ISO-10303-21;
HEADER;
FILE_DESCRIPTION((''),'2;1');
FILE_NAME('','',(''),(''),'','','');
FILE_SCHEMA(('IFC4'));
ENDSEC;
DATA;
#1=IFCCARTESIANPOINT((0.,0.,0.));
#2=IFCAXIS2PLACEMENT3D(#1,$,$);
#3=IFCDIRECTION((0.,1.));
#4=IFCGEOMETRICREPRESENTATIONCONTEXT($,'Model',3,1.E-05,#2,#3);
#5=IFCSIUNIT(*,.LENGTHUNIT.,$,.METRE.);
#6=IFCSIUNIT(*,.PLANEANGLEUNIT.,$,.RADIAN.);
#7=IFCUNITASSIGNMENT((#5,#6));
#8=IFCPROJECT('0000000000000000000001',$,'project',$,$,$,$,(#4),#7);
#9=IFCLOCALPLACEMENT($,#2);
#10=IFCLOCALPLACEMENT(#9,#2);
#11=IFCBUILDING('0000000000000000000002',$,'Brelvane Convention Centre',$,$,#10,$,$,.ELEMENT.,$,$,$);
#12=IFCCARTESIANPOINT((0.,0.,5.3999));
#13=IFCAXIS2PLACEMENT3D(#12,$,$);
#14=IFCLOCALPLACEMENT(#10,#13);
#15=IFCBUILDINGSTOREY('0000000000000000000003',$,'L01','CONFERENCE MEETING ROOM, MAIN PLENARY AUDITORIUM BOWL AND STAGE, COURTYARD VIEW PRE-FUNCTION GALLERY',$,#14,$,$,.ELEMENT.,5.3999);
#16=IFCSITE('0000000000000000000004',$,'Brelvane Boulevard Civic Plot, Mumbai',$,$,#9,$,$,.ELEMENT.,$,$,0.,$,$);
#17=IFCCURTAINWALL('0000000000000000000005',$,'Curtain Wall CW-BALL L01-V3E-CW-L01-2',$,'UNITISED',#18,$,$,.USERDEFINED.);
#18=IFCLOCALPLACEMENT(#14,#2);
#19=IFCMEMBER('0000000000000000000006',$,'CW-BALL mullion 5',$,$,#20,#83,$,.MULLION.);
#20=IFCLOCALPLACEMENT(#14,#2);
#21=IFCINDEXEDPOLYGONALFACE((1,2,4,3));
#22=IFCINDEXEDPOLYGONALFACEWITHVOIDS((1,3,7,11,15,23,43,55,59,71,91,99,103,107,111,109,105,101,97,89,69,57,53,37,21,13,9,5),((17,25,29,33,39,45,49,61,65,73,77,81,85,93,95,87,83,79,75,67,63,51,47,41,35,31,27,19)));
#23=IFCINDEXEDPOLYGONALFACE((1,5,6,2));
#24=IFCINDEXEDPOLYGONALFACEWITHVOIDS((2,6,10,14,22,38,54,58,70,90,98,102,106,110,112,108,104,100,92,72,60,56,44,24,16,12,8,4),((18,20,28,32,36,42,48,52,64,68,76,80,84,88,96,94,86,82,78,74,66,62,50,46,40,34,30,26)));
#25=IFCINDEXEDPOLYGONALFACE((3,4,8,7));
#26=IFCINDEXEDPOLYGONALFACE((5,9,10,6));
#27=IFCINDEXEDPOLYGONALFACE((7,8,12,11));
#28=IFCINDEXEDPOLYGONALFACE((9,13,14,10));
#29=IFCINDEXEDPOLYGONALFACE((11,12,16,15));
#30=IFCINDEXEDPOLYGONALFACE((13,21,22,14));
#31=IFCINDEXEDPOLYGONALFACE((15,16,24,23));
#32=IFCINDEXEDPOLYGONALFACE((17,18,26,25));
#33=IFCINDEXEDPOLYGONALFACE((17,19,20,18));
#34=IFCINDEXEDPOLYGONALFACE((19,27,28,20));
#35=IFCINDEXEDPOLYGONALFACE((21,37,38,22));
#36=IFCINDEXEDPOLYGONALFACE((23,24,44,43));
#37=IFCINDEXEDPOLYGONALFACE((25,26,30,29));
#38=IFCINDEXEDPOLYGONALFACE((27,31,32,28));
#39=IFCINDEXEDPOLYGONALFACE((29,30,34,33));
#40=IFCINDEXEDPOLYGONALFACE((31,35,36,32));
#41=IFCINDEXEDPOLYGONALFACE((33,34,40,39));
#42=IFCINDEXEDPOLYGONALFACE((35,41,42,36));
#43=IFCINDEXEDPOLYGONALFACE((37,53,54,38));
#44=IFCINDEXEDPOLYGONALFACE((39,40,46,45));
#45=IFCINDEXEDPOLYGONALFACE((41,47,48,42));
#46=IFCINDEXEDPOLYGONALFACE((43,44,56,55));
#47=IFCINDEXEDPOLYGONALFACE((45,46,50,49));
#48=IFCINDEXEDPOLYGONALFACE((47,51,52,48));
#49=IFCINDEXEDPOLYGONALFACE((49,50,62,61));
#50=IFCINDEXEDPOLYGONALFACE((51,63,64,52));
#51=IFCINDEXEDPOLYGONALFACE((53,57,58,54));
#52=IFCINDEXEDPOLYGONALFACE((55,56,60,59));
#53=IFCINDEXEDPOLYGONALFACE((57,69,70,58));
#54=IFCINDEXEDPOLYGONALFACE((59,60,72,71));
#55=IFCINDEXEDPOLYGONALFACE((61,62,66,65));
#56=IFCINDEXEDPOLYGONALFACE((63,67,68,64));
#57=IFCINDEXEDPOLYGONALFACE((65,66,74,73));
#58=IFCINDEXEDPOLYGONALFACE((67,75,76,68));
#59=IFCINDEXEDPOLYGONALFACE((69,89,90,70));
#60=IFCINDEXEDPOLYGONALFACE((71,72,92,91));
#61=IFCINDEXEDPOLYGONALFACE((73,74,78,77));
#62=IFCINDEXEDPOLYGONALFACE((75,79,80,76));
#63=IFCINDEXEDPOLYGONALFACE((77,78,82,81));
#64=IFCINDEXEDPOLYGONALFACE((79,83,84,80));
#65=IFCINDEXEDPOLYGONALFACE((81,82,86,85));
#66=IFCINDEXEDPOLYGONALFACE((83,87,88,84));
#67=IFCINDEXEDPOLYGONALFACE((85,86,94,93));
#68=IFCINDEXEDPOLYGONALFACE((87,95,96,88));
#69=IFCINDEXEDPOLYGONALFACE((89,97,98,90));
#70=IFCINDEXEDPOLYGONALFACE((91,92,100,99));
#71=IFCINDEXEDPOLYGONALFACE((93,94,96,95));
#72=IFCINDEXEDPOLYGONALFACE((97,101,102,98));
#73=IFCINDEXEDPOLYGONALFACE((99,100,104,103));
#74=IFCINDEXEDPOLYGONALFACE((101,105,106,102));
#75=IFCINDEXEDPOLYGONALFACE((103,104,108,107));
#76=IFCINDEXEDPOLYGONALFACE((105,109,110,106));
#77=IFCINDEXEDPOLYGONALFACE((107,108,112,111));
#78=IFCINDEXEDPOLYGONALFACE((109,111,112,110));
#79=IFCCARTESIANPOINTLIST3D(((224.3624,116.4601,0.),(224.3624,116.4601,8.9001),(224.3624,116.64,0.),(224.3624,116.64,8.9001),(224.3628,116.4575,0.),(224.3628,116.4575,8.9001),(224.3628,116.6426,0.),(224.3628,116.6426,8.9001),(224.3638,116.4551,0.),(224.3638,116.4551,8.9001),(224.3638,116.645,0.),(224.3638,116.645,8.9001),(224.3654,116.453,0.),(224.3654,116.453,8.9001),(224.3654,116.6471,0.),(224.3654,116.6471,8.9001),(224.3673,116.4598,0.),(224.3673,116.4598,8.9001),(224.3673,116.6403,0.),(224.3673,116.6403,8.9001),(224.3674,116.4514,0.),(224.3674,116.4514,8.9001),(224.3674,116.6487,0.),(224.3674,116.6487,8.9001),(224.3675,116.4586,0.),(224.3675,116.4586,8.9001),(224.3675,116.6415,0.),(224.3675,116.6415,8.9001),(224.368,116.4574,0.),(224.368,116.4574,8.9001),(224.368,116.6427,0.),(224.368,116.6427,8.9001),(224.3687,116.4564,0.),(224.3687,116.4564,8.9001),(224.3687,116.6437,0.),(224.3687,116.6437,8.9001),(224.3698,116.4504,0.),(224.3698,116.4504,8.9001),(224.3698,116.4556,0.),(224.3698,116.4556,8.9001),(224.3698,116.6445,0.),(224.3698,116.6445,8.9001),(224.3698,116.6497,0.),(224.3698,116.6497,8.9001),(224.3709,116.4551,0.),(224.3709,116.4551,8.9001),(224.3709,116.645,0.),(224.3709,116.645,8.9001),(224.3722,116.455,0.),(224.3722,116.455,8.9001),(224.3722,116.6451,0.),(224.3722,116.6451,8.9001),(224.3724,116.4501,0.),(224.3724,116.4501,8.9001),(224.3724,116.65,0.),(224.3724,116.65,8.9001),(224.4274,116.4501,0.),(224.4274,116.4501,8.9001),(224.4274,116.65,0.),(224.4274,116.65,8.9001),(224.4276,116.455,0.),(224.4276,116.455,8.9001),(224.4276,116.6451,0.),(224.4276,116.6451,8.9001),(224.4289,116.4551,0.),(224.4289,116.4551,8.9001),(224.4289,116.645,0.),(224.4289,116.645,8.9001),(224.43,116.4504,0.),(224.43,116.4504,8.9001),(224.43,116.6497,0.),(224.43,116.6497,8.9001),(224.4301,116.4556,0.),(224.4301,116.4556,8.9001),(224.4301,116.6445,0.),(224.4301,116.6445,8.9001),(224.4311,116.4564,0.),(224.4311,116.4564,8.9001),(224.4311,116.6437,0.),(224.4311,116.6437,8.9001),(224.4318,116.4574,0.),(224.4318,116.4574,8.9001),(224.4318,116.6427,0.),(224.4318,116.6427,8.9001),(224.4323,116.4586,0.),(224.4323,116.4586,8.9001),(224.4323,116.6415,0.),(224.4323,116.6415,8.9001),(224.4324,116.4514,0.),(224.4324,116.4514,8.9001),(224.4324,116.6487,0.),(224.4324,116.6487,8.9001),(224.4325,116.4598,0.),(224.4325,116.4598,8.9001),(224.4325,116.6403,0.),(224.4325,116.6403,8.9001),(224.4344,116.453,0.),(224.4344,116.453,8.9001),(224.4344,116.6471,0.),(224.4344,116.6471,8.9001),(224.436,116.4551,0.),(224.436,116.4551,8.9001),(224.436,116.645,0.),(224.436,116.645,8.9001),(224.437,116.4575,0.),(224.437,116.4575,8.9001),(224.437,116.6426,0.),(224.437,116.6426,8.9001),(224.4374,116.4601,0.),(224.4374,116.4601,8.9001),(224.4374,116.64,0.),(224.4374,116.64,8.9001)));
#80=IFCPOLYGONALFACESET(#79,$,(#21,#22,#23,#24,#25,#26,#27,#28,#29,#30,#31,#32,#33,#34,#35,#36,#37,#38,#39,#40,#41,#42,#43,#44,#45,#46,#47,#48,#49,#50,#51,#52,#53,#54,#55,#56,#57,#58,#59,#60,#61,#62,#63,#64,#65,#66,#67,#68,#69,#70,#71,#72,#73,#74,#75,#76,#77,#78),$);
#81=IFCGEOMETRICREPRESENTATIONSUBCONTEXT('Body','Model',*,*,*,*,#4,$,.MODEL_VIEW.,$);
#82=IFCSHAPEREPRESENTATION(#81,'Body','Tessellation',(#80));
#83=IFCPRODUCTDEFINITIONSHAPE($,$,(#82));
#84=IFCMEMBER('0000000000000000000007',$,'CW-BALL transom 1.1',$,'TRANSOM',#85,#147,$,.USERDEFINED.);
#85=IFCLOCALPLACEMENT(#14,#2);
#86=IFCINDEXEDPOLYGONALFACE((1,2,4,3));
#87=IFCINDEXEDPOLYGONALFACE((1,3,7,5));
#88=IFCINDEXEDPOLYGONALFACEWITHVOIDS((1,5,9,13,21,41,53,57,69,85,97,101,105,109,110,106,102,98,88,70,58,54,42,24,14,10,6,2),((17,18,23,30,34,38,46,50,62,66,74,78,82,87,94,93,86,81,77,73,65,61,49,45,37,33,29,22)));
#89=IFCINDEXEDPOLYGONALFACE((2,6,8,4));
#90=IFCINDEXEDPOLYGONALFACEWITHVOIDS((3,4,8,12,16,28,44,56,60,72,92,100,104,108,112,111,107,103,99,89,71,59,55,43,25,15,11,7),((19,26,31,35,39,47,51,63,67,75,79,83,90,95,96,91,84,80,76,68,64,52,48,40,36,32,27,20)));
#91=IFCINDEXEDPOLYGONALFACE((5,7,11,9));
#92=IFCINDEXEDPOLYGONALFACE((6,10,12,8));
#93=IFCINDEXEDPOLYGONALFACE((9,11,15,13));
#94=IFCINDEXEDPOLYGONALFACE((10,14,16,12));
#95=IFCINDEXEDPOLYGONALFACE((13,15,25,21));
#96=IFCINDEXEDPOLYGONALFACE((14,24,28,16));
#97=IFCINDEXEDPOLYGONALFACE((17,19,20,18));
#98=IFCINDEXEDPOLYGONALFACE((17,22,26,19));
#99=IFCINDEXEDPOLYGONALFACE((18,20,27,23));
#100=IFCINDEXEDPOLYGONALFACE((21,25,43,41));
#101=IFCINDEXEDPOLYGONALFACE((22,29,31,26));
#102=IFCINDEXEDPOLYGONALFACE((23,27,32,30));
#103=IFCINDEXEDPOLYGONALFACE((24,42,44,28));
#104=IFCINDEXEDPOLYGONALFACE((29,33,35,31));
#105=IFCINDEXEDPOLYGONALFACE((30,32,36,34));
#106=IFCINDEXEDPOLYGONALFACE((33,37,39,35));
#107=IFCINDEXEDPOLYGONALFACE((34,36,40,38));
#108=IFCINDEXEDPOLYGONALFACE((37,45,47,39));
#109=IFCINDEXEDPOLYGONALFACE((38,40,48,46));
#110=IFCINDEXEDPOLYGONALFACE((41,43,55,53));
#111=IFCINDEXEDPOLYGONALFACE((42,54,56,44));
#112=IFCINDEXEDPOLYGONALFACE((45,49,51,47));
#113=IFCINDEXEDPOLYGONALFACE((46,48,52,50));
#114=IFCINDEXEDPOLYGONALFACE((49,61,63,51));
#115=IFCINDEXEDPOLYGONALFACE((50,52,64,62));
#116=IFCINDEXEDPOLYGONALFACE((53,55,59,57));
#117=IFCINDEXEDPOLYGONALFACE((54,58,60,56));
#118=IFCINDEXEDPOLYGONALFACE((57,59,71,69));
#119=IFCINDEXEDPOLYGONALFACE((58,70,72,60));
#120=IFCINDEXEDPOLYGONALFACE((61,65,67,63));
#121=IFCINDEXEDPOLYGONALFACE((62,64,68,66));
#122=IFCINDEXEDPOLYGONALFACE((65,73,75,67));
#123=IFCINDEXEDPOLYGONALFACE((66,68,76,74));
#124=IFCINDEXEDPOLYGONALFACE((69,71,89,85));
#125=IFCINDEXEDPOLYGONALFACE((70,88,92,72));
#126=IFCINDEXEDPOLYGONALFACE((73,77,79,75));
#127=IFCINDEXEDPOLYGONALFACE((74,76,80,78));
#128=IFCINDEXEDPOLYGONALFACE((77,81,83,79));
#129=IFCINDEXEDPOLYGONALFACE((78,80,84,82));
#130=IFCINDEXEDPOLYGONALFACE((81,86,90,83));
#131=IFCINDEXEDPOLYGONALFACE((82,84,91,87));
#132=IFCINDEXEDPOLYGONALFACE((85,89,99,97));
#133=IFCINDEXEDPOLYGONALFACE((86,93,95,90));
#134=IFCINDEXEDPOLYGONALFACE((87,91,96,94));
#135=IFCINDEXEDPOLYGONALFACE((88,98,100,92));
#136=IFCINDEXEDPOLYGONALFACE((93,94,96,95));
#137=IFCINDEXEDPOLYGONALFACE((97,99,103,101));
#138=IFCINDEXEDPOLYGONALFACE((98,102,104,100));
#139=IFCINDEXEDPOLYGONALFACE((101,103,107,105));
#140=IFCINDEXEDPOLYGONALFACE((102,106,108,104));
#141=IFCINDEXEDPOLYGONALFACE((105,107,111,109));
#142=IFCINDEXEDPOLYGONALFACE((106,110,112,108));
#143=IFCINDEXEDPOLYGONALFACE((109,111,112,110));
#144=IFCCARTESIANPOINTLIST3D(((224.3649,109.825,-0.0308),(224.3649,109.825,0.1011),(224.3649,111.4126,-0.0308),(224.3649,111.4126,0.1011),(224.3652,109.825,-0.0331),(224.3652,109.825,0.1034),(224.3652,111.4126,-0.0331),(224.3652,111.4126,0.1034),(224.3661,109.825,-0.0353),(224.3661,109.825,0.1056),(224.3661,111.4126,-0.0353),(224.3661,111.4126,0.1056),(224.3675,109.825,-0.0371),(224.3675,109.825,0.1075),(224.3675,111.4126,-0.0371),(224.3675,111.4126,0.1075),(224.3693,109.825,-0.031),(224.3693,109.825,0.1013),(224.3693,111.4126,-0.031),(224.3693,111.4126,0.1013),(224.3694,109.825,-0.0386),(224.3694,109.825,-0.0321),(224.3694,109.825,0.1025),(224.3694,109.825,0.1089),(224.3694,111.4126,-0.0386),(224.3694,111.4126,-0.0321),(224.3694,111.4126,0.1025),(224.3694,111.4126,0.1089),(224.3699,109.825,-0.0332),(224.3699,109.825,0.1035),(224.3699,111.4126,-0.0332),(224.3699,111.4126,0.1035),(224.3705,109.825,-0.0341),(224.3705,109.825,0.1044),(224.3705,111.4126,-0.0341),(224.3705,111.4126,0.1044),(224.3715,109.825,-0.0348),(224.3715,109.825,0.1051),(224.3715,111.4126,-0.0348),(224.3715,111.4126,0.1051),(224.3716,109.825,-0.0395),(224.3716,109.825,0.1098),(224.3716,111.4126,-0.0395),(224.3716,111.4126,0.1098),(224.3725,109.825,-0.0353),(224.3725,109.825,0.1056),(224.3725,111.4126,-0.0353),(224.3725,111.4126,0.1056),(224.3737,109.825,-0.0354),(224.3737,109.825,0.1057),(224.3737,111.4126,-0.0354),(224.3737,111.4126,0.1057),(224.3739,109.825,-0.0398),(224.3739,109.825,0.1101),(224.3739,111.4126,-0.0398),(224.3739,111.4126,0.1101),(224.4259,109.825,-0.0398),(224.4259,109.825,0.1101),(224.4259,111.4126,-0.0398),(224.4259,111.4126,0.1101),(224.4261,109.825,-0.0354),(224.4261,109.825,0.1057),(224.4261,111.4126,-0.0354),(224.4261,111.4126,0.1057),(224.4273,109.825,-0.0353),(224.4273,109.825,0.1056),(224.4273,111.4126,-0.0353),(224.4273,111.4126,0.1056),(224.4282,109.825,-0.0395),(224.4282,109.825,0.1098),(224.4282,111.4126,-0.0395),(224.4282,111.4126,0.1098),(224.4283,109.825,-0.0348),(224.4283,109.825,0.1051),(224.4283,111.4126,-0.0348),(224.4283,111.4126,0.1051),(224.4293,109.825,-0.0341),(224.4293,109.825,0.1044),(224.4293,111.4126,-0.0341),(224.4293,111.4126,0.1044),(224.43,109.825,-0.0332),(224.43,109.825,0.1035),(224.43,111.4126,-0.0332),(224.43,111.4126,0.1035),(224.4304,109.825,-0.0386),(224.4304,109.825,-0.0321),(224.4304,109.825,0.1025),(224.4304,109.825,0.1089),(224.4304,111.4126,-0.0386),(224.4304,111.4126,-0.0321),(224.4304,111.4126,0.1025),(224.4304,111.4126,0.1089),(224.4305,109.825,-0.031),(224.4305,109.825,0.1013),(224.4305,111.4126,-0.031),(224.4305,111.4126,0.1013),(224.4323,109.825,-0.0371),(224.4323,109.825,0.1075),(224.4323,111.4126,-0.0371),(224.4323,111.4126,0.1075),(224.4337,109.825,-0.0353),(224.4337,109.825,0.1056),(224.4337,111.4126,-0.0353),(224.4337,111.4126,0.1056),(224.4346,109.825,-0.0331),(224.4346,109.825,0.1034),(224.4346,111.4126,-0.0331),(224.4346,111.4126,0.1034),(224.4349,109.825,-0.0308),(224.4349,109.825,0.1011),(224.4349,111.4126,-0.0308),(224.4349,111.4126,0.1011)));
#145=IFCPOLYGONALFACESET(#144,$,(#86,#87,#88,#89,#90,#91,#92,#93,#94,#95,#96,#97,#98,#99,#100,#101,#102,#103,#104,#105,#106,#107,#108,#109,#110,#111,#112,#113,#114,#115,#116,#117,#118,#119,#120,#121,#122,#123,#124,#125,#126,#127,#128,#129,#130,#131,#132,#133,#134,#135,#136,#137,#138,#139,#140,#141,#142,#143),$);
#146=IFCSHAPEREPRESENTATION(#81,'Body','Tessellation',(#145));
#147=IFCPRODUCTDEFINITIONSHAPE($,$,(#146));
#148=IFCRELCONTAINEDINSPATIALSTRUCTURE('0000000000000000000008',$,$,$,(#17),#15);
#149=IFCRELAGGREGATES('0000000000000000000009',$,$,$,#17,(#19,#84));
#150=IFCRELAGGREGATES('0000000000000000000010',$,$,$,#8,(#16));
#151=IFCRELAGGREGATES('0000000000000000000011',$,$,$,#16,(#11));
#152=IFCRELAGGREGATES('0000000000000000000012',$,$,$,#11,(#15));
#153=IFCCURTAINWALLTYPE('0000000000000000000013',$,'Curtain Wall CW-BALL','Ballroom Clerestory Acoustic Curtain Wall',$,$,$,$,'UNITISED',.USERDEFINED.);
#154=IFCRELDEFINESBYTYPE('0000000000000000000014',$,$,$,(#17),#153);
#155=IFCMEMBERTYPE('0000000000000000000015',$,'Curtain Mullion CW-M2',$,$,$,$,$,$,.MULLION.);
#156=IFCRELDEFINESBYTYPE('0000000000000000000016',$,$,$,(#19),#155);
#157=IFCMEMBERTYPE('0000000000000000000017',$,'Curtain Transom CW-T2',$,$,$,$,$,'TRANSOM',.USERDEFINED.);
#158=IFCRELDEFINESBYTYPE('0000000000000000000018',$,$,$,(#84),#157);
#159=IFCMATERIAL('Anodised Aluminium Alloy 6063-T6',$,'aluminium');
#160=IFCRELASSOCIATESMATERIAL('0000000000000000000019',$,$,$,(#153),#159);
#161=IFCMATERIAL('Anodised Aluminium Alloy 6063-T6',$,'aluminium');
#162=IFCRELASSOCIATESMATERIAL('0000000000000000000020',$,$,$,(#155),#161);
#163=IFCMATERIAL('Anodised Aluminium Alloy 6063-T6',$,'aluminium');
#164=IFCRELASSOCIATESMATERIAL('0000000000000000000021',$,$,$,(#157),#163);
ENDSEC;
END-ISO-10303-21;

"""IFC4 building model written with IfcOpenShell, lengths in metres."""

from ifc_helpers import new_model, si_unit, direction, frame, origin, origin_2d, place, context, subcontext, project, spatial, hollow_rectangle, extrude, material, material_profile, profile_set, type_object, element, aggregate, save


model = new_model("IFC4")

# Units and contexts
model_context = context("Model", 3, precision=1e-05, world=origin(), true_north=direction((0.0, 1.0)))
body_context = subcontext(model_context, "Body", "Model", "MODEL_VIEW")
ifc_project = project(units=[si_unit("LENGTHUNIT", "METRE"), si_unit("PLANEANGLEUNIT", "RADIAN")], contexts=[model_context])

# Site, building, storey
site_placement = place(None, origin())
site = spatial("IfcSite", under=ifc_project, at=site_placement, Name="Brelvane Boulevard Civic Plot, Mumbai", CompositionType="ELEMENT", RefElevation=0.0)
building_placement = place(site_placement, origin())
building = spatial("IfcBuilding", under=site, at=building_placement, Name="Brelvane Convention Centre", CompositionType="ELEMENT")
storey_placement = place(building_placement, frame((0.0, 0.0, 5.3999)))
storey = spatial("IfcBuildingStorey", under=building, at=storey_placement, Name="L01", Description="CONFERENCE MEETING ROOM, MAIN PLENARY AUDITORIUM BOWL AND STAGE, COURTYARD VIEW PRE-FUNCTION GALLERY", CompositionType="ELEMENT", Elevation=5.3999)

# Curtain wall, members
ifc_material_1 = material(Name="Anodised Aluminium Alloy 6063-T6", Category="aluminium")
curtain_wall_type = type_object("IfcCurtainWallType", Name="Curtain Wall CW-BALL", Description="Ballroom Clerestory Acoustic Curtain Wall", ElementType="UNITISED", PredefinedType="USERDEFINED", material=ifc_material_1)
curtain_wall_placement = place(storey_placement, origin())
curtain_wall = element("IfcCurtainWall", 1, at=curtain_wall_placement, inside=storey, type_object=curtain_wall_type, Name="Curtain Wall CW-BALL L01-V3E-CW-L01-2", ObjectType="UNITISED", PredefinedType="USERDEFINED")
ifc_material_2 = material(Name="Anodised Aluminium Alloy 6063-T6", Category="aluminium")
ifc_material_profile_1 = material_profile(ifc_material_2, hollow_rectangle(XDim=0.075, YDim=0.2, WallThickness=0.0049, InnerFilletRadius=0.0049, OuterFilletRadius=0.01, at=origin_2d()), Name="ALU-M 200x75x5.0")
ifc_profile_set_1 = profile_set([ifc_material_profile_1], Name="Anodised Aluminium Alloy 6063-T6")
member_type_1 = type_object("IfcMemberType", Name="Curtain Mullion CW-M2", PredefinedType="MULLION", material=ifc_profile_set_1)
member_1_placement = place(storey_placement, frame((224.3999, 116.55, 0.0), z_axis=(0.0, 0.0, 1.0), x_axis=(-1.0, 0.0, 0.0)))
member_1 = element("IfcMember", 2, at=member_1_placement, type_object=member_type_1, Name="CW-BALL mullion 5", PredefinedType="MULLION", context=body_context, shape_type="SweptSolid", body=[
    extrude(hollow_rectangle(XDim=0.075, YDim=0.2, WallThickness=0.0049, InnerFilletRadius=0.0049, OuterFilletRadius=0.01, at=origin_2d()), origin(), (0.0, 0.0, 1.0), 8.9001),
])
ifc_material_3 = material(Name="Anodised Aluminium Alloy 6063-T6", Category="aluminium")
ifc_material_profile_2 = material_profile(ifc_material_3, hollow_rectangle(XDim=0.0701, YDim=0.1499, WallThickness=0.0044, InnerFilletRadius=0.0044, OuterFilletRadius=0.009, at=origin_2d()), Name="ALU-T 150x70x4.5")
ifc_profile_set_2 = profile_set([ifc_material_profile_2], Name="Anodised Aluminium Alloy 6063-T6")
member_type_2 = type_object("IfcMemberType", Name="Curtain Transom CW-T2", ElementType="TRANSOM", PredefinedType="USERDEFINED", material=ifc_profile_set_2)
member_2_placement = place(storey_placement, frame((224.3999, 109.825, 0.0352), z_axis=(0.0, 1.0, 0.0), x_axis=(-1.0, 0.0, 0.0)))
member_2 = element("IfcMember", 3, at=member_2_placement, type_object=member_type_2, Name="CW-BALL transom 1.1", ObjectType="TRANSOM", PredefinedType="USERDEFINED", context=body_context, shape_type="SweptSolid", body=[
    extrude(hollow_rectangle(XDim=0.0701, YDim=0.1499, WallThickness=0.0044, InnerFilletRadius=0.0044, OuterFilletRadius=0.009, at=origin_2d()), origin(), (0.0, 0.0, 1.0), 1.5876),
])
aggregate(curtain_wall, [member_1, member_2])

save(model, "model.ifc")
